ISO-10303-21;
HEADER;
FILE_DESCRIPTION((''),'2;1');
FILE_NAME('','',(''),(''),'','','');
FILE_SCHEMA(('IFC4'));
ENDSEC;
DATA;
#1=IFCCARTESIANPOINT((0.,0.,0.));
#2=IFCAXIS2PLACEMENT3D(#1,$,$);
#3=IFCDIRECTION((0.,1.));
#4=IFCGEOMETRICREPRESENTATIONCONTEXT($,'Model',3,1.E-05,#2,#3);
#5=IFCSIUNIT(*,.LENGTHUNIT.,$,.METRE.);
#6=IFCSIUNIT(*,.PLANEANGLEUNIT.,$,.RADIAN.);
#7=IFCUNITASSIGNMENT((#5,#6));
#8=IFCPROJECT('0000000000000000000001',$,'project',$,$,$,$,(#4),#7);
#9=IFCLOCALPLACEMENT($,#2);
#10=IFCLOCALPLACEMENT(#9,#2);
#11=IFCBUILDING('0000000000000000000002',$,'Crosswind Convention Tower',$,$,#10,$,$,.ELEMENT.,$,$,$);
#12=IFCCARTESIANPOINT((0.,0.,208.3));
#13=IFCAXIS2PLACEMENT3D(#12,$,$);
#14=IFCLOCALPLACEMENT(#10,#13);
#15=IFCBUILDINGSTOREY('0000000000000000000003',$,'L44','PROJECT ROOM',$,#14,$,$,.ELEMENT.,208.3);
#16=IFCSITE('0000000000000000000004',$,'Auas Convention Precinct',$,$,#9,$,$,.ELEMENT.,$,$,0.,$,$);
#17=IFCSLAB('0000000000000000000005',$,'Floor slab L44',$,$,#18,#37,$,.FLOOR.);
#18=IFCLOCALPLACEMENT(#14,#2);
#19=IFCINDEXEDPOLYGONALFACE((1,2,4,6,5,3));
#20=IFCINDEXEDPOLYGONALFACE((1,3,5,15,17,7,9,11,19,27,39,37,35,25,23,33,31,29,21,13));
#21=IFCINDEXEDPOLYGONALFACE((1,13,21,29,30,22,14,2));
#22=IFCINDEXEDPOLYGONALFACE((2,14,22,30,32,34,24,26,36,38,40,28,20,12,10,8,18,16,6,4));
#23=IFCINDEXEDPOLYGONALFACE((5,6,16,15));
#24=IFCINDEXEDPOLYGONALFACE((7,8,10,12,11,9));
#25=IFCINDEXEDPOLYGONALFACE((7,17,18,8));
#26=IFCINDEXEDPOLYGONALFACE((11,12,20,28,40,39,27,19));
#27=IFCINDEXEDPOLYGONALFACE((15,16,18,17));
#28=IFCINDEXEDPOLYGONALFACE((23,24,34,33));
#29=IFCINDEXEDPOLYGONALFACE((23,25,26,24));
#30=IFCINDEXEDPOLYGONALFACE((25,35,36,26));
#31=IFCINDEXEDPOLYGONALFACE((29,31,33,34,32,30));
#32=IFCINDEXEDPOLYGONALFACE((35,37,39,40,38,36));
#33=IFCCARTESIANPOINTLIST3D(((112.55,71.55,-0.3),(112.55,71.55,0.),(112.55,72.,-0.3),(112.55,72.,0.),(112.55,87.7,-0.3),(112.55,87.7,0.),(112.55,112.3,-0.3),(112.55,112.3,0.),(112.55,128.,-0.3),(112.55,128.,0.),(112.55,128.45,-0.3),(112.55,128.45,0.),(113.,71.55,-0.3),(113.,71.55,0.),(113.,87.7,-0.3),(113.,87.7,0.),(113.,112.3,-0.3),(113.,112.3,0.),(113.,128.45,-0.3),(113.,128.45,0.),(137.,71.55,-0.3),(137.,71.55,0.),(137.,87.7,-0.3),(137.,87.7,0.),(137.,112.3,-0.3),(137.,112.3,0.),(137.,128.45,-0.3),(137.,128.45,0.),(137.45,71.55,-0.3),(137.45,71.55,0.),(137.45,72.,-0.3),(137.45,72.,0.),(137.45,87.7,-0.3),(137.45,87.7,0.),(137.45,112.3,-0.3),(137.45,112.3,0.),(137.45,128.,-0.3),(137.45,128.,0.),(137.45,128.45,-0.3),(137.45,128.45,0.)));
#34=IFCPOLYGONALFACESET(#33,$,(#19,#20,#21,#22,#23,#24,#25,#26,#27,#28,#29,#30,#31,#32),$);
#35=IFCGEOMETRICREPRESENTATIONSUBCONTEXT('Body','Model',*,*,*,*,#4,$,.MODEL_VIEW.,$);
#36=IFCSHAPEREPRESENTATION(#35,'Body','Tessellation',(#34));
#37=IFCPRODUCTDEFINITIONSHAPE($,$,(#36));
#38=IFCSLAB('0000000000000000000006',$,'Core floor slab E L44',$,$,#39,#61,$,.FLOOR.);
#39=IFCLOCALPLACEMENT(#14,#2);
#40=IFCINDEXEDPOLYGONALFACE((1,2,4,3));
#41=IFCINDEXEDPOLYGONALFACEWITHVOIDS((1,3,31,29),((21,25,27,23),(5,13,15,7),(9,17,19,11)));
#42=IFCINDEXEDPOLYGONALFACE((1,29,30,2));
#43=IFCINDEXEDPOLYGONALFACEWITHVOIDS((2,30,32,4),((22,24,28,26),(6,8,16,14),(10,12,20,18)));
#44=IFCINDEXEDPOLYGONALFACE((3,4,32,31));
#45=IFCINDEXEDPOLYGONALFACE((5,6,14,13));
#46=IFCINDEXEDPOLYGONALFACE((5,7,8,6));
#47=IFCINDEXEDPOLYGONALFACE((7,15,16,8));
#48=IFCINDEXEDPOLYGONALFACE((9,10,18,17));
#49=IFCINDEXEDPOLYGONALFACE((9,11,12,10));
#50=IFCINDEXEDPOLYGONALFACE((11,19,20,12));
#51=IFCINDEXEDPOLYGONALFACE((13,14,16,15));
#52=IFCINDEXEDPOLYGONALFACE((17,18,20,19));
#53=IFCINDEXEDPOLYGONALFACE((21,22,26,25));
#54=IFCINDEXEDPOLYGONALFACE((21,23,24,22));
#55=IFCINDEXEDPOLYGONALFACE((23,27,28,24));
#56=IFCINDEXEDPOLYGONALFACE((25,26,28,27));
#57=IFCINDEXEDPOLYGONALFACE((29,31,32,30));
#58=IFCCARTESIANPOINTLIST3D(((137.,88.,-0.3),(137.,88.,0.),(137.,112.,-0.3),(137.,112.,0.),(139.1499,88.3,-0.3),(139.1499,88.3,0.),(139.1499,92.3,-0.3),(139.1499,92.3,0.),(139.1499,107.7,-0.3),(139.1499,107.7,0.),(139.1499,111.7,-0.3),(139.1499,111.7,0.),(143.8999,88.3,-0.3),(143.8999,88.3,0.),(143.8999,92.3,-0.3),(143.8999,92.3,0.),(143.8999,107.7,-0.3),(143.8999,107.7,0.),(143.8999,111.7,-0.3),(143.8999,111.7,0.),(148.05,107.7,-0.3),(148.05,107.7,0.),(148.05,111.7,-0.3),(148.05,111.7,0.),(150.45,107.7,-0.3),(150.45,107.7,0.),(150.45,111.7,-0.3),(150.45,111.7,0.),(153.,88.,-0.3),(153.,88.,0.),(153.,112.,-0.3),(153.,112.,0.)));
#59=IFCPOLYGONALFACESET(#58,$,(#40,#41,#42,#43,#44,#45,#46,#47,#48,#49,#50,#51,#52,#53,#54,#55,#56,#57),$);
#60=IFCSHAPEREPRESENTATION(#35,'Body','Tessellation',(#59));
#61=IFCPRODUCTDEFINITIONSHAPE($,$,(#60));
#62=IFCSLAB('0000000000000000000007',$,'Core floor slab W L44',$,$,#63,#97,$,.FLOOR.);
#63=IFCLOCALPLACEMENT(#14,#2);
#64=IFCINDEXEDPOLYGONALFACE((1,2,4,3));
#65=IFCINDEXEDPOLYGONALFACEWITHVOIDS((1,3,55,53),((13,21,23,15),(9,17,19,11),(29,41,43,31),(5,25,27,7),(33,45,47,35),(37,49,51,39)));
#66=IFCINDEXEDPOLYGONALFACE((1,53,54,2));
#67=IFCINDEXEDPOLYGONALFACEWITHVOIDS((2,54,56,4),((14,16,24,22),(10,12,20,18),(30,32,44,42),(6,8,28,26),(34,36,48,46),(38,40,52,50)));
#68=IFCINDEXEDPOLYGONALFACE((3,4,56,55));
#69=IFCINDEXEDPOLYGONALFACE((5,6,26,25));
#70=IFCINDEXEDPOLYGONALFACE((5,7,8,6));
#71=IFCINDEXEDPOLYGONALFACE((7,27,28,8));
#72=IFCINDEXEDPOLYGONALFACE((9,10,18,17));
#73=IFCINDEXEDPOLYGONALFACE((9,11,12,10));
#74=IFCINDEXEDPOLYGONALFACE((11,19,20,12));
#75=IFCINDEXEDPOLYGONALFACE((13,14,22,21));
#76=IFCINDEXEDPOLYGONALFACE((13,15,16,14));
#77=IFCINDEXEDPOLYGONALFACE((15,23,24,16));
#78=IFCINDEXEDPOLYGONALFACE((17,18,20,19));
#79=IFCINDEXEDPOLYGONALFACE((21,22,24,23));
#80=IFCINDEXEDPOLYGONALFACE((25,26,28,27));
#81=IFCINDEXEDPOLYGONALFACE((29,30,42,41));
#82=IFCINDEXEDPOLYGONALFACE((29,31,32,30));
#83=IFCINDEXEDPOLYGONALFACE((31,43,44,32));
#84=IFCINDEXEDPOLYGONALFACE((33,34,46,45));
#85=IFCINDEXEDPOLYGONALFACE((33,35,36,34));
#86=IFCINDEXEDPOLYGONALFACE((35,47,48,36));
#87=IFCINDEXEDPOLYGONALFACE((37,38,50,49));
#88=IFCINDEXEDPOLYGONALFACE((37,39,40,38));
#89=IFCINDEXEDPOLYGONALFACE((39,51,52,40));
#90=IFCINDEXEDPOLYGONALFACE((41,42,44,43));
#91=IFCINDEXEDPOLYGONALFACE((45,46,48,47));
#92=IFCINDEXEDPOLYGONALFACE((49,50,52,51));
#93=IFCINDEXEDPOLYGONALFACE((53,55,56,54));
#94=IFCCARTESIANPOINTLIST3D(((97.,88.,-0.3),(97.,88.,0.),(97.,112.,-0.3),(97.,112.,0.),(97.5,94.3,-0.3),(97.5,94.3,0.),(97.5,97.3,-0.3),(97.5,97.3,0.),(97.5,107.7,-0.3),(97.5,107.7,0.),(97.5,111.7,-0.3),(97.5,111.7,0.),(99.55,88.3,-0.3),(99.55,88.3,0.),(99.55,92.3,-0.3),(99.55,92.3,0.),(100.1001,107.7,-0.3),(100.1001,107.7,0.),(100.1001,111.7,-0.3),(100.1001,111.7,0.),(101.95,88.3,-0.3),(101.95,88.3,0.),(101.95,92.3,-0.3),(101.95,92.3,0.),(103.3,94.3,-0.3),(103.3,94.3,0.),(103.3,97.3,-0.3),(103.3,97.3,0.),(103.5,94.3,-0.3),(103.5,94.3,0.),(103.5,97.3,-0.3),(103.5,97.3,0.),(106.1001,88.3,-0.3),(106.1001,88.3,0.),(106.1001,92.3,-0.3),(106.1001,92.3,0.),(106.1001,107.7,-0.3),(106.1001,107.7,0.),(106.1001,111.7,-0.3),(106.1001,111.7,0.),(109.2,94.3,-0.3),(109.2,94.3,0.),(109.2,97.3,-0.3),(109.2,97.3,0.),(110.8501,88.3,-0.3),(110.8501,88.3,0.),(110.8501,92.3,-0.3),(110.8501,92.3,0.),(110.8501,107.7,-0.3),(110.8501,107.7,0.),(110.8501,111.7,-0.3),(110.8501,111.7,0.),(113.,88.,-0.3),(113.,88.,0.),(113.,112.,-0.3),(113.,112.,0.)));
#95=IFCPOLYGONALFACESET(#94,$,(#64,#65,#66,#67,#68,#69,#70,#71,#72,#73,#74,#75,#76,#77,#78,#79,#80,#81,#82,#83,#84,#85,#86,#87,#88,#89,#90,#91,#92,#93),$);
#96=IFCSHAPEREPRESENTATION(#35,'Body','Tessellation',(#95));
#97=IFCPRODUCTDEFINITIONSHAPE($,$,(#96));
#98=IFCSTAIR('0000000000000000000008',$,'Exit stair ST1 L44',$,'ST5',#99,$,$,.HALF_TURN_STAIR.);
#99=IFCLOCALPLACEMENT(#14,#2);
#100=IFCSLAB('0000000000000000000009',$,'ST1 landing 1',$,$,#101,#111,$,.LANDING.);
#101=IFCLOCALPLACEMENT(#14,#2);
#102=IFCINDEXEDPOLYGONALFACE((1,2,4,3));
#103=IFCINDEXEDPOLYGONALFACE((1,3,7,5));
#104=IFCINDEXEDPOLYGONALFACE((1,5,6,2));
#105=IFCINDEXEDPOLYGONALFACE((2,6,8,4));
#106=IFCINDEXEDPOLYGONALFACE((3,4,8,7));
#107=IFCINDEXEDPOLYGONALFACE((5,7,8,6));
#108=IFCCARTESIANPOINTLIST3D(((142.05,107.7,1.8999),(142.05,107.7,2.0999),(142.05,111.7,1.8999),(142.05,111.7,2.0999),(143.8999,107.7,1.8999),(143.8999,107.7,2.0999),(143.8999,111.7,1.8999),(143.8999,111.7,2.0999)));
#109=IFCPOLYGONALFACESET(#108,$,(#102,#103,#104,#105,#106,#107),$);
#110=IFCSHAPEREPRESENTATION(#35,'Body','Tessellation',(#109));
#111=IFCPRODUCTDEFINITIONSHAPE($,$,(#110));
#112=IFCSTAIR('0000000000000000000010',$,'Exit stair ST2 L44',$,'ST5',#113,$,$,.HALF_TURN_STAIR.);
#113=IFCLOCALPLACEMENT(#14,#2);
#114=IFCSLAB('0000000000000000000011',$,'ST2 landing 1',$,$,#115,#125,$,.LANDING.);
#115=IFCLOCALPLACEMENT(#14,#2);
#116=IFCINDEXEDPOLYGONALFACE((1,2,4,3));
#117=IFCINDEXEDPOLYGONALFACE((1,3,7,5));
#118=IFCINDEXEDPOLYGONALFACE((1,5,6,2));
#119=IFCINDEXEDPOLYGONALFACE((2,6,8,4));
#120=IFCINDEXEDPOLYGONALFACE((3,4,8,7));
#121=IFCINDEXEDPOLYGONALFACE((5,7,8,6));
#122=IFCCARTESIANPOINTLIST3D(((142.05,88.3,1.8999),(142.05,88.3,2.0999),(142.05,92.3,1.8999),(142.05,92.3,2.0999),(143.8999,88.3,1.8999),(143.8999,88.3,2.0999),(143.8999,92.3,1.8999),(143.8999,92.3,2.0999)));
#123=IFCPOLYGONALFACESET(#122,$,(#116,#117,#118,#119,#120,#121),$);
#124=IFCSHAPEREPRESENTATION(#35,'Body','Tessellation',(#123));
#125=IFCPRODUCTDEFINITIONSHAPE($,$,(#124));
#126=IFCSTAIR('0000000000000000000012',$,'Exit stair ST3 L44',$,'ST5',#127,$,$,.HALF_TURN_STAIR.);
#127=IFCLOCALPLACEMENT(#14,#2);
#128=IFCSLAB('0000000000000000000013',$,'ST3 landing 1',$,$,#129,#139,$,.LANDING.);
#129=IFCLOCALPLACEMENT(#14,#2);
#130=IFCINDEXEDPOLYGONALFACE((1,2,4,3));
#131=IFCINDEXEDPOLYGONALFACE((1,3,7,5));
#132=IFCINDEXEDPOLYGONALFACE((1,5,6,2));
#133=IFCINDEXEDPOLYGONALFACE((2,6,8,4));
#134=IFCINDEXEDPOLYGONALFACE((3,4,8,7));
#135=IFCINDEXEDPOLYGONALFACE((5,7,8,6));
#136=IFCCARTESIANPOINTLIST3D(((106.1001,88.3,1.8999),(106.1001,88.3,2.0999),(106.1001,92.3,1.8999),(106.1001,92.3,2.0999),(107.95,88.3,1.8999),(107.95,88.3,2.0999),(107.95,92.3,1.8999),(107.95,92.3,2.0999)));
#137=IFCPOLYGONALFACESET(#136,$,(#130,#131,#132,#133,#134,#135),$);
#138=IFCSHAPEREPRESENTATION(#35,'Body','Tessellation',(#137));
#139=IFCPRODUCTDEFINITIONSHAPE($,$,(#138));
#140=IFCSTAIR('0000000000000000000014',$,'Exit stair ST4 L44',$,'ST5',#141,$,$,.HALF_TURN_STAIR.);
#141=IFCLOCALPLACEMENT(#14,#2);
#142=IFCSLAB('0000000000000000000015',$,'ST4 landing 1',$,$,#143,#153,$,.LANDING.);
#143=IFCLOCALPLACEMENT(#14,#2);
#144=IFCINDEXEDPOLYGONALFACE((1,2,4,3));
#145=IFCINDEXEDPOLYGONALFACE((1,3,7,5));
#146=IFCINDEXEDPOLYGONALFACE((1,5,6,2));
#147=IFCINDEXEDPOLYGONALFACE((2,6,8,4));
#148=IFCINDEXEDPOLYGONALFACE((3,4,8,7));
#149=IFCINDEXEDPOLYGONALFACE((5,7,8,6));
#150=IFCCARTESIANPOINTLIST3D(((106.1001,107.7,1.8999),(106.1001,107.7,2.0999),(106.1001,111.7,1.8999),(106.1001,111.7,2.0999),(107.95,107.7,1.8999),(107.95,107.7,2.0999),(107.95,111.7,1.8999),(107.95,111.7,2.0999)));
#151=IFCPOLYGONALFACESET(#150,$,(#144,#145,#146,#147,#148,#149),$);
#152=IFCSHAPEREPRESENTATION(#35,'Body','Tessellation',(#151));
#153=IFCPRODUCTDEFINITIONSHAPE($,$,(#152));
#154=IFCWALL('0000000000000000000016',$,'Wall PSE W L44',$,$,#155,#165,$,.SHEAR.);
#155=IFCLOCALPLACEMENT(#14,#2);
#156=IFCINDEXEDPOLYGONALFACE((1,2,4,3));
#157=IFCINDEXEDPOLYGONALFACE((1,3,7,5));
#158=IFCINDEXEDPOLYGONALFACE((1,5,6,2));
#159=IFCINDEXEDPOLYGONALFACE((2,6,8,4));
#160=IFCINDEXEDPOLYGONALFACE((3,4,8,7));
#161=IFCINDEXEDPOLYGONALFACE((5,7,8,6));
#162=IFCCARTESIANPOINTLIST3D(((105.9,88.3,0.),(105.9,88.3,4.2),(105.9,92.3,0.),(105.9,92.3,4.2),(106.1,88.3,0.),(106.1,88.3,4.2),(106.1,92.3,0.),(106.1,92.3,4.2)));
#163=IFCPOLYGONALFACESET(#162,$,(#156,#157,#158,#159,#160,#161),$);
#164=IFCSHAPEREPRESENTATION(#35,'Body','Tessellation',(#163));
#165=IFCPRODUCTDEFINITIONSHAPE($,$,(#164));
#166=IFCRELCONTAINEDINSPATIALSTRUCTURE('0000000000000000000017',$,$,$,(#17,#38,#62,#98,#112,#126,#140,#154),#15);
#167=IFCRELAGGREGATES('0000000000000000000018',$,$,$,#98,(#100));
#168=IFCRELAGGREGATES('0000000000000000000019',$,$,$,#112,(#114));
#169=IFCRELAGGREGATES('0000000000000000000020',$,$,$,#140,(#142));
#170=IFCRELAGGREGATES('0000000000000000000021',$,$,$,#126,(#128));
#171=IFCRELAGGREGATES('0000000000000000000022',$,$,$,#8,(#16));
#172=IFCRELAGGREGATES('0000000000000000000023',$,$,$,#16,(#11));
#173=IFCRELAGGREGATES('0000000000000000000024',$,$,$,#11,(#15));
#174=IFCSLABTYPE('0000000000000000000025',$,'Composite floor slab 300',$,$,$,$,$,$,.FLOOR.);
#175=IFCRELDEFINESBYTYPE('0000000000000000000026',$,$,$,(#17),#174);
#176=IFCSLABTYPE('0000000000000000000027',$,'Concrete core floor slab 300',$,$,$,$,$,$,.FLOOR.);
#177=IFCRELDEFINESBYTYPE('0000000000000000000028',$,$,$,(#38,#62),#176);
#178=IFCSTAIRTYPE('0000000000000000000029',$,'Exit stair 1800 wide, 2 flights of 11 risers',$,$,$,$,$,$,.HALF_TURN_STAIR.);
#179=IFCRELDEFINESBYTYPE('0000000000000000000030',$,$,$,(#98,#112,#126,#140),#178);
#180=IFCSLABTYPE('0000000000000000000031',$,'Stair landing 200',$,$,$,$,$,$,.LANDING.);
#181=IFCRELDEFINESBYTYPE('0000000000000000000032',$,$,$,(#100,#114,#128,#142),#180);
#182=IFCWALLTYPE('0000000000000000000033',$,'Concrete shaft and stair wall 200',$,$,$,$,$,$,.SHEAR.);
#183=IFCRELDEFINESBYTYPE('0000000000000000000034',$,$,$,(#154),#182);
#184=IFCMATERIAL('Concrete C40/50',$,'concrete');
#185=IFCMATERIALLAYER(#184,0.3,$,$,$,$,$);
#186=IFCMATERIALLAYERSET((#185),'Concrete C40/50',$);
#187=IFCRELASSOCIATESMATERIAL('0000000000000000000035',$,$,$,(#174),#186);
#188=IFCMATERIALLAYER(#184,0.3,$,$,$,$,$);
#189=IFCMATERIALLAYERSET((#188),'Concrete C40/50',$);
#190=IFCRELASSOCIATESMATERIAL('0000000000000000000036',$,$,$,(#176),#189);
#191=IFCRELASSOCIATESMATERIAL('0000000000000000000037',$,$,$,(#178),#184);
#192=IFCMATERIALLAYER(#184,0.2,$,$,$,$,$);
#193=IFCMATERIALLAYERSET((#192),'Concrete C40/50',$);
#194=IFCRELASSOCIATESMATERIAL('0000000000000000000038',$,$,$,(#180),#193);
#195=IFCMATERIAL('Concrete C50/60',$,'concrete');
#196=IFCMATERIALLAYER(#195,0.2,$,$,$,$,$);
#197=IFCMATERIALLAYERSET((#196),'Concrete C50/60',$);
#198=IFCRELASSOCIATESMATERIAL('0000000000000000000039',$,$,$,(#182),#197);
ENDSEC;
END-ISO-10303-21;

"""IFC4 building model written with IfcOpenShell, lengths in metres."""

from ifc_helpers import new_model, si_unit, direction, frame, frame_2d, origin, place, context, subcontext, project, spatial, polyline, rectangle, outline, extrude, material, layer, layer_set, type_object, element, aggregate, save


model = new_model("IFC4")

# Units and contexts
model_context = context("Model", 3, precision=1e-05, world=origin(), true_north=direction((0.0, 1.0)))
body_context = subcontext(model_context, "Body", "Model", "MODEL_VIEW")
ifc_project = project(units=[si_unit("LENGTHUNIT", "METRE"), si_unit("PLANEANGLEUNIT", "RADIAN")], contexts=[model_context])

# Site, building, storey
site_placement = place(None, origin())
site = spatial("IfcSite", under=ifc_project, at=site_placement, Name="Auas Convention Precinct", CompositionType="ELEMENT", RefElevation=0.0)
building_placement = place(site_placement, origin())
building = spatial("IfcBuilding", under=site, at=building_placement, Name="Crosswind Convention Tower", CompositionType="ELEMENT")
storey_placement = place(building_placement, frame((0.0, 0.0, 208.3)))
storey = spatial("IfcBuildingStorey", under=building, at=storey_placement, Name="L44", Description="PROJECT ROOM", CompositionType="ELEMENT", Elevation=208.3)

# Slabs
ifc_material_1 = material(Name="Concrete C40/50", Category="concrete")
ifc_layer_1 = layer(ifc_material_1, 0.3)
ifc_layer_set_1 = layer_set([ifc_layer_1], Name="Concrete C40/50")
slab_type_1 = type_object("IfcSlabType", Name="Composite floor slab 300", PredefinedType="FLOOR", material=ifc_layer_set_1)
slab_1_placement = place(storey_placement, frame((0.0, 0.0, -0.3)))
element("IfcSlab", 1, at=slab_1_placement, inside=storey, type_object=slab_type_1, Name="Floor slab L44", PredefinedType="FLOOR", context=body_context, shape_type="SweptSolid", body=[
    extrude(outline(polyline([(137.45, 71.55), (137.0, 71.55), (113.0, 71.55), (112.55, 71.55), (112.55, 72.0), (112.55, 87.7), (113.0, 87.7), (113.0, 112.3), (112.55, 112.3), (112.55, 128.0), (112.55, 128.45), (113.0, 128.45), (137.0, 128.45), (137.45, 128.45), (137.45, 128.0), (137.45, 112.3), (137.0, 112.3), (137.0, 87.7), (137.45, 87.7), (137.45, 72.0), (137.45, 71.55)])), origin(), (0.0, 0.0, 1.0), 0.3),
])
ifc_layer_2 = layer(ifc_material_1, 0.3)
ifc_layer_set_2 = layer_set([ifc_layer_2], Name="Concrete C40/50")
slab_type_2 = type_object("IfcSlabType", Name="Concrete core floor slab 300", PredefinedType="FLOOR", material=ifc_layer_set_2)
slab_2_placement = place(storey_placement, frame((0.0, 0.0, -0.3)))
element("IfcSlab", 2, at=slab_2_placement, inside=storey, type_object=slab_type_2, Name="Core floor slab E L44", PredefinedType="FLOOR", context=body_context, shape_type="SweptSolid", body=[
    extrude(outline(polyline([(137.0, 88.0), (153.0, 88.0), (153.0, 112.0), (137.0, 112.0), (137.0, 88.0)]), holes=[polyline([(150.45, 107.7), (150.45, 111.7), (148.05, 111.7), (148.05, 107.7), (150.45, 107.7)]), polyline([(143.8999, 107.7), (143.8999, 111.7), (139.1499, 111.7), (139.1499, 107.7), (143.8999, 107.7)]), polyline([(143.8999, 88.3), (143.8999, 92.3), (139.1499, 92.3), (139.1499, 88.3), (143.8999, 88.3)])]), origin(), (0.0, 0.0, 1.0), 0.3),
])
slab_3_placement = place(storey_placement, frame((0.0, 0.0, -0.3)))
element("IfcSlab", 3, at=slab_3_placement, inside=storey, type_object=slab_type_2, Name="Core floor slab W L44", PredefinedType="FLOOR", context=body_context, shape_type="SweptSolid", body=[
    extrude(outline(polyline([(97.0, 88.0), (113.0, 88.0), (113.0, 112.0), (97.0, 112.0), (97.0, 88.0)]), holes=[polyline([(109.2, 94.3), (109.2, 97.3), (103.5, 97.3), (103.5, 94.3), (109.2, 94.3)]), polyline([(103.3, 94.3), (103.3, 97.3), (97.5, 97.3), (97.5, 94.3), (103.3, 94.3)]), polyline([(101.95, 88.3), (101.95, 92.3), (99.55, 92.3), (99.55, 88.3), (101.95, 88.3)]), polyline([(100.1001, 107.7), (100.1001, 111.7), (97.5, 111.7), (97.5, 107.7), (100.1001, 107.7)]), polyline([(110.8501, 88.3), (110.8501, 92.3), (106.1001, 92.3), (106.1001, 88.3), (110.8501, 88.3)]), polyline([(110.8501, 107.7), (110.8501, 111.7), (106.1001, 111.7), (106.1001, 107.7), (110.8501, 107.7)])]), origin(), (0.0, 0.0, 1.0), 0.3),
])

# Stairs, slabs
stair_type = type_object("IfcStairType", Name="Exit stair 1800 wide, 2 flights of 11 risers", PredefinedType="HALF_TURN_STAIR", material=ifc_material_1)
stair_1_placement = place(storey_placement, origin())
stair_1 = element("IfcStair", 4, at=stair_1_placement, inside=storey, type_object=stair_type, Name="Exit stair ST1 L44", ObjectType="ST5", PredefinedType="HALF_TURN_STAIR")
ifc_layer_3 = layer(ifc_material_1, 0.2)
ifc_layer_set_3 = layer_set([ifc_layer_3], Name="Concrete C40/50")
slab_type_3 = type_object("IfcSlabType", Name="Stair landing 200", PredefinedType="LANDING", material=ifc_layer_set_3)
slab_4_placement = place(storey_placement, frame((0.0, 0.0, 1.8999)))
slab_4 = element("IfcSlab", 5, at=slab_4_placement, type_object=slab_type_3, Name="ST1 landing 1", PredefinedType="LANDING", context=body_context, shape_type="SweptSolid", body=[
    extrude(outline(polyline([(143.8999, 107.7), (143.8999, 111.7), (142.05, 111.7), (142.05, 107.7), (143.8999, 107.7)])), origin(), (0.0, 0.0, 1.0), 0.2),
])
aggregate(stair_1, [slab_4])
stair_2_placement = place(storey_placement, origin())
stair_2 = element("IfcStair", 6, at=stair_2_placement, inside=storey, type_object=stair_type, Name="Exit stair ST2 L44", ObjectType="ST5", PredefinedType="HALF_TURN_STAIR")
slab_5_placement = place(storey_placement, frame((0.0, 0.0, 1.8999)))
slab_5 = element("IfcSlab", 7, at=slab_5_placement, type_object=slab_type_3, Name="ST2 landing 1", PredefinedType="LANDING", context=body_context, shape_type="SweptSolid", body=[
    extrude(outline(polyline([(143.8999, 88.3), (143.8999, 92.3), (142.05, 92.3), (142.05, 88.3), (143.8999, 88.3)])), origin(), (0.0, 0.0, 1.0), 0.2),
])
aggregate(stair_2, [slab_5])
stair_3_placement = place(storey_placement, origin())
stair_3 = element("IfcStair", 8, at=stair_3_placement, inside=storey, type_object=stair_type, Name="Exit stair ST3 L44", ObjectType="ST5", PredefinedType="HALF_TURN_STAIR")
slab_6_placement = place(storey_placement, frame((0.0, 0.0, 1.8999)))
slab_6 = element("IfcSlab", 9, at=slab_6_placement, type_object=slab_type_3, Name="ST3 landing 1", PredefinedType="LANDING", context=body_context, shape_type="SweptSolid", body=[
    extrude(outline(polyline([(107.95, 88.3), (107.95, 92.3), (106.1001, 92.3), (106.1001, 88.3), (107.95, 88.3)])), origin(), (0.0, 0.0, 1.0), 0.2),
])
stair_4_placement = place(storey_placement, origin())
stair_4 = element("IfcStair", 10, at=stair_4_placement, inside=storey, type_object=stair_type, Name="Exit stair ST4 L44", ObjectType="ST5", PredefinedType="HALF_TURN_STAIR")
slab_7_placement = place(storey_placement, frame((0.0, 0.0, 1.8999)))
slab_7 = element("IfcSlab", 11, at=slab_7_placement, type_object=slab_type_3, Name="ST4 landing 1", PredefinedType="LANDING", context=body_context, shape_type="SweptSolid", body=[
    extrude(outline(polyline([(107.95, 107.7), (107.95, 111.7), (106.1001, 111.7), (106.1001, 107.7), (107.95, 107.7)])), origin(), (0.0, 0.0, 1.0), 0.2),
])
aggregate(stair_4, [slab_7])

# Wall
ifc_material_2 = material(Name="Concrete C50/60", Category="concrete")
ifc_layer_4 = layer(ifc_material_2, 0.2)
ifc_layer_set_4 = layer_set([ifc_layer_4], Name="Concrete C50/60")
wall_type_1 = type_object("IfcWallType", Name="Concrete shaft and stair wall 200", PredefinedType="SHEAR", material=ifc_layer_set_4)
wall_1_placement = place(storey_placement, frame((106.0, 92.3, 0.0), z_axis=(0.0, 0.0, 1.0), x_axis=(0.0, -1.0, 0.0)))
element("IfcWall", 12, at=wall_1_placement, inside=storey, type_object=wall_type_1, Name="Wall PSE W L44", PredefinedType="SHEAR", context=body_context, shape_type="SweptSolid", body=[
    extrude(rectangle(XDim=4.0, YDim=0.2, at=frame_2d((2.0, 0.0))), origin(), (0.0, 0.0, 1.0), 4.2),
])

aggregate(stair_3, [slab_6])

save(model, "model.ifc")
